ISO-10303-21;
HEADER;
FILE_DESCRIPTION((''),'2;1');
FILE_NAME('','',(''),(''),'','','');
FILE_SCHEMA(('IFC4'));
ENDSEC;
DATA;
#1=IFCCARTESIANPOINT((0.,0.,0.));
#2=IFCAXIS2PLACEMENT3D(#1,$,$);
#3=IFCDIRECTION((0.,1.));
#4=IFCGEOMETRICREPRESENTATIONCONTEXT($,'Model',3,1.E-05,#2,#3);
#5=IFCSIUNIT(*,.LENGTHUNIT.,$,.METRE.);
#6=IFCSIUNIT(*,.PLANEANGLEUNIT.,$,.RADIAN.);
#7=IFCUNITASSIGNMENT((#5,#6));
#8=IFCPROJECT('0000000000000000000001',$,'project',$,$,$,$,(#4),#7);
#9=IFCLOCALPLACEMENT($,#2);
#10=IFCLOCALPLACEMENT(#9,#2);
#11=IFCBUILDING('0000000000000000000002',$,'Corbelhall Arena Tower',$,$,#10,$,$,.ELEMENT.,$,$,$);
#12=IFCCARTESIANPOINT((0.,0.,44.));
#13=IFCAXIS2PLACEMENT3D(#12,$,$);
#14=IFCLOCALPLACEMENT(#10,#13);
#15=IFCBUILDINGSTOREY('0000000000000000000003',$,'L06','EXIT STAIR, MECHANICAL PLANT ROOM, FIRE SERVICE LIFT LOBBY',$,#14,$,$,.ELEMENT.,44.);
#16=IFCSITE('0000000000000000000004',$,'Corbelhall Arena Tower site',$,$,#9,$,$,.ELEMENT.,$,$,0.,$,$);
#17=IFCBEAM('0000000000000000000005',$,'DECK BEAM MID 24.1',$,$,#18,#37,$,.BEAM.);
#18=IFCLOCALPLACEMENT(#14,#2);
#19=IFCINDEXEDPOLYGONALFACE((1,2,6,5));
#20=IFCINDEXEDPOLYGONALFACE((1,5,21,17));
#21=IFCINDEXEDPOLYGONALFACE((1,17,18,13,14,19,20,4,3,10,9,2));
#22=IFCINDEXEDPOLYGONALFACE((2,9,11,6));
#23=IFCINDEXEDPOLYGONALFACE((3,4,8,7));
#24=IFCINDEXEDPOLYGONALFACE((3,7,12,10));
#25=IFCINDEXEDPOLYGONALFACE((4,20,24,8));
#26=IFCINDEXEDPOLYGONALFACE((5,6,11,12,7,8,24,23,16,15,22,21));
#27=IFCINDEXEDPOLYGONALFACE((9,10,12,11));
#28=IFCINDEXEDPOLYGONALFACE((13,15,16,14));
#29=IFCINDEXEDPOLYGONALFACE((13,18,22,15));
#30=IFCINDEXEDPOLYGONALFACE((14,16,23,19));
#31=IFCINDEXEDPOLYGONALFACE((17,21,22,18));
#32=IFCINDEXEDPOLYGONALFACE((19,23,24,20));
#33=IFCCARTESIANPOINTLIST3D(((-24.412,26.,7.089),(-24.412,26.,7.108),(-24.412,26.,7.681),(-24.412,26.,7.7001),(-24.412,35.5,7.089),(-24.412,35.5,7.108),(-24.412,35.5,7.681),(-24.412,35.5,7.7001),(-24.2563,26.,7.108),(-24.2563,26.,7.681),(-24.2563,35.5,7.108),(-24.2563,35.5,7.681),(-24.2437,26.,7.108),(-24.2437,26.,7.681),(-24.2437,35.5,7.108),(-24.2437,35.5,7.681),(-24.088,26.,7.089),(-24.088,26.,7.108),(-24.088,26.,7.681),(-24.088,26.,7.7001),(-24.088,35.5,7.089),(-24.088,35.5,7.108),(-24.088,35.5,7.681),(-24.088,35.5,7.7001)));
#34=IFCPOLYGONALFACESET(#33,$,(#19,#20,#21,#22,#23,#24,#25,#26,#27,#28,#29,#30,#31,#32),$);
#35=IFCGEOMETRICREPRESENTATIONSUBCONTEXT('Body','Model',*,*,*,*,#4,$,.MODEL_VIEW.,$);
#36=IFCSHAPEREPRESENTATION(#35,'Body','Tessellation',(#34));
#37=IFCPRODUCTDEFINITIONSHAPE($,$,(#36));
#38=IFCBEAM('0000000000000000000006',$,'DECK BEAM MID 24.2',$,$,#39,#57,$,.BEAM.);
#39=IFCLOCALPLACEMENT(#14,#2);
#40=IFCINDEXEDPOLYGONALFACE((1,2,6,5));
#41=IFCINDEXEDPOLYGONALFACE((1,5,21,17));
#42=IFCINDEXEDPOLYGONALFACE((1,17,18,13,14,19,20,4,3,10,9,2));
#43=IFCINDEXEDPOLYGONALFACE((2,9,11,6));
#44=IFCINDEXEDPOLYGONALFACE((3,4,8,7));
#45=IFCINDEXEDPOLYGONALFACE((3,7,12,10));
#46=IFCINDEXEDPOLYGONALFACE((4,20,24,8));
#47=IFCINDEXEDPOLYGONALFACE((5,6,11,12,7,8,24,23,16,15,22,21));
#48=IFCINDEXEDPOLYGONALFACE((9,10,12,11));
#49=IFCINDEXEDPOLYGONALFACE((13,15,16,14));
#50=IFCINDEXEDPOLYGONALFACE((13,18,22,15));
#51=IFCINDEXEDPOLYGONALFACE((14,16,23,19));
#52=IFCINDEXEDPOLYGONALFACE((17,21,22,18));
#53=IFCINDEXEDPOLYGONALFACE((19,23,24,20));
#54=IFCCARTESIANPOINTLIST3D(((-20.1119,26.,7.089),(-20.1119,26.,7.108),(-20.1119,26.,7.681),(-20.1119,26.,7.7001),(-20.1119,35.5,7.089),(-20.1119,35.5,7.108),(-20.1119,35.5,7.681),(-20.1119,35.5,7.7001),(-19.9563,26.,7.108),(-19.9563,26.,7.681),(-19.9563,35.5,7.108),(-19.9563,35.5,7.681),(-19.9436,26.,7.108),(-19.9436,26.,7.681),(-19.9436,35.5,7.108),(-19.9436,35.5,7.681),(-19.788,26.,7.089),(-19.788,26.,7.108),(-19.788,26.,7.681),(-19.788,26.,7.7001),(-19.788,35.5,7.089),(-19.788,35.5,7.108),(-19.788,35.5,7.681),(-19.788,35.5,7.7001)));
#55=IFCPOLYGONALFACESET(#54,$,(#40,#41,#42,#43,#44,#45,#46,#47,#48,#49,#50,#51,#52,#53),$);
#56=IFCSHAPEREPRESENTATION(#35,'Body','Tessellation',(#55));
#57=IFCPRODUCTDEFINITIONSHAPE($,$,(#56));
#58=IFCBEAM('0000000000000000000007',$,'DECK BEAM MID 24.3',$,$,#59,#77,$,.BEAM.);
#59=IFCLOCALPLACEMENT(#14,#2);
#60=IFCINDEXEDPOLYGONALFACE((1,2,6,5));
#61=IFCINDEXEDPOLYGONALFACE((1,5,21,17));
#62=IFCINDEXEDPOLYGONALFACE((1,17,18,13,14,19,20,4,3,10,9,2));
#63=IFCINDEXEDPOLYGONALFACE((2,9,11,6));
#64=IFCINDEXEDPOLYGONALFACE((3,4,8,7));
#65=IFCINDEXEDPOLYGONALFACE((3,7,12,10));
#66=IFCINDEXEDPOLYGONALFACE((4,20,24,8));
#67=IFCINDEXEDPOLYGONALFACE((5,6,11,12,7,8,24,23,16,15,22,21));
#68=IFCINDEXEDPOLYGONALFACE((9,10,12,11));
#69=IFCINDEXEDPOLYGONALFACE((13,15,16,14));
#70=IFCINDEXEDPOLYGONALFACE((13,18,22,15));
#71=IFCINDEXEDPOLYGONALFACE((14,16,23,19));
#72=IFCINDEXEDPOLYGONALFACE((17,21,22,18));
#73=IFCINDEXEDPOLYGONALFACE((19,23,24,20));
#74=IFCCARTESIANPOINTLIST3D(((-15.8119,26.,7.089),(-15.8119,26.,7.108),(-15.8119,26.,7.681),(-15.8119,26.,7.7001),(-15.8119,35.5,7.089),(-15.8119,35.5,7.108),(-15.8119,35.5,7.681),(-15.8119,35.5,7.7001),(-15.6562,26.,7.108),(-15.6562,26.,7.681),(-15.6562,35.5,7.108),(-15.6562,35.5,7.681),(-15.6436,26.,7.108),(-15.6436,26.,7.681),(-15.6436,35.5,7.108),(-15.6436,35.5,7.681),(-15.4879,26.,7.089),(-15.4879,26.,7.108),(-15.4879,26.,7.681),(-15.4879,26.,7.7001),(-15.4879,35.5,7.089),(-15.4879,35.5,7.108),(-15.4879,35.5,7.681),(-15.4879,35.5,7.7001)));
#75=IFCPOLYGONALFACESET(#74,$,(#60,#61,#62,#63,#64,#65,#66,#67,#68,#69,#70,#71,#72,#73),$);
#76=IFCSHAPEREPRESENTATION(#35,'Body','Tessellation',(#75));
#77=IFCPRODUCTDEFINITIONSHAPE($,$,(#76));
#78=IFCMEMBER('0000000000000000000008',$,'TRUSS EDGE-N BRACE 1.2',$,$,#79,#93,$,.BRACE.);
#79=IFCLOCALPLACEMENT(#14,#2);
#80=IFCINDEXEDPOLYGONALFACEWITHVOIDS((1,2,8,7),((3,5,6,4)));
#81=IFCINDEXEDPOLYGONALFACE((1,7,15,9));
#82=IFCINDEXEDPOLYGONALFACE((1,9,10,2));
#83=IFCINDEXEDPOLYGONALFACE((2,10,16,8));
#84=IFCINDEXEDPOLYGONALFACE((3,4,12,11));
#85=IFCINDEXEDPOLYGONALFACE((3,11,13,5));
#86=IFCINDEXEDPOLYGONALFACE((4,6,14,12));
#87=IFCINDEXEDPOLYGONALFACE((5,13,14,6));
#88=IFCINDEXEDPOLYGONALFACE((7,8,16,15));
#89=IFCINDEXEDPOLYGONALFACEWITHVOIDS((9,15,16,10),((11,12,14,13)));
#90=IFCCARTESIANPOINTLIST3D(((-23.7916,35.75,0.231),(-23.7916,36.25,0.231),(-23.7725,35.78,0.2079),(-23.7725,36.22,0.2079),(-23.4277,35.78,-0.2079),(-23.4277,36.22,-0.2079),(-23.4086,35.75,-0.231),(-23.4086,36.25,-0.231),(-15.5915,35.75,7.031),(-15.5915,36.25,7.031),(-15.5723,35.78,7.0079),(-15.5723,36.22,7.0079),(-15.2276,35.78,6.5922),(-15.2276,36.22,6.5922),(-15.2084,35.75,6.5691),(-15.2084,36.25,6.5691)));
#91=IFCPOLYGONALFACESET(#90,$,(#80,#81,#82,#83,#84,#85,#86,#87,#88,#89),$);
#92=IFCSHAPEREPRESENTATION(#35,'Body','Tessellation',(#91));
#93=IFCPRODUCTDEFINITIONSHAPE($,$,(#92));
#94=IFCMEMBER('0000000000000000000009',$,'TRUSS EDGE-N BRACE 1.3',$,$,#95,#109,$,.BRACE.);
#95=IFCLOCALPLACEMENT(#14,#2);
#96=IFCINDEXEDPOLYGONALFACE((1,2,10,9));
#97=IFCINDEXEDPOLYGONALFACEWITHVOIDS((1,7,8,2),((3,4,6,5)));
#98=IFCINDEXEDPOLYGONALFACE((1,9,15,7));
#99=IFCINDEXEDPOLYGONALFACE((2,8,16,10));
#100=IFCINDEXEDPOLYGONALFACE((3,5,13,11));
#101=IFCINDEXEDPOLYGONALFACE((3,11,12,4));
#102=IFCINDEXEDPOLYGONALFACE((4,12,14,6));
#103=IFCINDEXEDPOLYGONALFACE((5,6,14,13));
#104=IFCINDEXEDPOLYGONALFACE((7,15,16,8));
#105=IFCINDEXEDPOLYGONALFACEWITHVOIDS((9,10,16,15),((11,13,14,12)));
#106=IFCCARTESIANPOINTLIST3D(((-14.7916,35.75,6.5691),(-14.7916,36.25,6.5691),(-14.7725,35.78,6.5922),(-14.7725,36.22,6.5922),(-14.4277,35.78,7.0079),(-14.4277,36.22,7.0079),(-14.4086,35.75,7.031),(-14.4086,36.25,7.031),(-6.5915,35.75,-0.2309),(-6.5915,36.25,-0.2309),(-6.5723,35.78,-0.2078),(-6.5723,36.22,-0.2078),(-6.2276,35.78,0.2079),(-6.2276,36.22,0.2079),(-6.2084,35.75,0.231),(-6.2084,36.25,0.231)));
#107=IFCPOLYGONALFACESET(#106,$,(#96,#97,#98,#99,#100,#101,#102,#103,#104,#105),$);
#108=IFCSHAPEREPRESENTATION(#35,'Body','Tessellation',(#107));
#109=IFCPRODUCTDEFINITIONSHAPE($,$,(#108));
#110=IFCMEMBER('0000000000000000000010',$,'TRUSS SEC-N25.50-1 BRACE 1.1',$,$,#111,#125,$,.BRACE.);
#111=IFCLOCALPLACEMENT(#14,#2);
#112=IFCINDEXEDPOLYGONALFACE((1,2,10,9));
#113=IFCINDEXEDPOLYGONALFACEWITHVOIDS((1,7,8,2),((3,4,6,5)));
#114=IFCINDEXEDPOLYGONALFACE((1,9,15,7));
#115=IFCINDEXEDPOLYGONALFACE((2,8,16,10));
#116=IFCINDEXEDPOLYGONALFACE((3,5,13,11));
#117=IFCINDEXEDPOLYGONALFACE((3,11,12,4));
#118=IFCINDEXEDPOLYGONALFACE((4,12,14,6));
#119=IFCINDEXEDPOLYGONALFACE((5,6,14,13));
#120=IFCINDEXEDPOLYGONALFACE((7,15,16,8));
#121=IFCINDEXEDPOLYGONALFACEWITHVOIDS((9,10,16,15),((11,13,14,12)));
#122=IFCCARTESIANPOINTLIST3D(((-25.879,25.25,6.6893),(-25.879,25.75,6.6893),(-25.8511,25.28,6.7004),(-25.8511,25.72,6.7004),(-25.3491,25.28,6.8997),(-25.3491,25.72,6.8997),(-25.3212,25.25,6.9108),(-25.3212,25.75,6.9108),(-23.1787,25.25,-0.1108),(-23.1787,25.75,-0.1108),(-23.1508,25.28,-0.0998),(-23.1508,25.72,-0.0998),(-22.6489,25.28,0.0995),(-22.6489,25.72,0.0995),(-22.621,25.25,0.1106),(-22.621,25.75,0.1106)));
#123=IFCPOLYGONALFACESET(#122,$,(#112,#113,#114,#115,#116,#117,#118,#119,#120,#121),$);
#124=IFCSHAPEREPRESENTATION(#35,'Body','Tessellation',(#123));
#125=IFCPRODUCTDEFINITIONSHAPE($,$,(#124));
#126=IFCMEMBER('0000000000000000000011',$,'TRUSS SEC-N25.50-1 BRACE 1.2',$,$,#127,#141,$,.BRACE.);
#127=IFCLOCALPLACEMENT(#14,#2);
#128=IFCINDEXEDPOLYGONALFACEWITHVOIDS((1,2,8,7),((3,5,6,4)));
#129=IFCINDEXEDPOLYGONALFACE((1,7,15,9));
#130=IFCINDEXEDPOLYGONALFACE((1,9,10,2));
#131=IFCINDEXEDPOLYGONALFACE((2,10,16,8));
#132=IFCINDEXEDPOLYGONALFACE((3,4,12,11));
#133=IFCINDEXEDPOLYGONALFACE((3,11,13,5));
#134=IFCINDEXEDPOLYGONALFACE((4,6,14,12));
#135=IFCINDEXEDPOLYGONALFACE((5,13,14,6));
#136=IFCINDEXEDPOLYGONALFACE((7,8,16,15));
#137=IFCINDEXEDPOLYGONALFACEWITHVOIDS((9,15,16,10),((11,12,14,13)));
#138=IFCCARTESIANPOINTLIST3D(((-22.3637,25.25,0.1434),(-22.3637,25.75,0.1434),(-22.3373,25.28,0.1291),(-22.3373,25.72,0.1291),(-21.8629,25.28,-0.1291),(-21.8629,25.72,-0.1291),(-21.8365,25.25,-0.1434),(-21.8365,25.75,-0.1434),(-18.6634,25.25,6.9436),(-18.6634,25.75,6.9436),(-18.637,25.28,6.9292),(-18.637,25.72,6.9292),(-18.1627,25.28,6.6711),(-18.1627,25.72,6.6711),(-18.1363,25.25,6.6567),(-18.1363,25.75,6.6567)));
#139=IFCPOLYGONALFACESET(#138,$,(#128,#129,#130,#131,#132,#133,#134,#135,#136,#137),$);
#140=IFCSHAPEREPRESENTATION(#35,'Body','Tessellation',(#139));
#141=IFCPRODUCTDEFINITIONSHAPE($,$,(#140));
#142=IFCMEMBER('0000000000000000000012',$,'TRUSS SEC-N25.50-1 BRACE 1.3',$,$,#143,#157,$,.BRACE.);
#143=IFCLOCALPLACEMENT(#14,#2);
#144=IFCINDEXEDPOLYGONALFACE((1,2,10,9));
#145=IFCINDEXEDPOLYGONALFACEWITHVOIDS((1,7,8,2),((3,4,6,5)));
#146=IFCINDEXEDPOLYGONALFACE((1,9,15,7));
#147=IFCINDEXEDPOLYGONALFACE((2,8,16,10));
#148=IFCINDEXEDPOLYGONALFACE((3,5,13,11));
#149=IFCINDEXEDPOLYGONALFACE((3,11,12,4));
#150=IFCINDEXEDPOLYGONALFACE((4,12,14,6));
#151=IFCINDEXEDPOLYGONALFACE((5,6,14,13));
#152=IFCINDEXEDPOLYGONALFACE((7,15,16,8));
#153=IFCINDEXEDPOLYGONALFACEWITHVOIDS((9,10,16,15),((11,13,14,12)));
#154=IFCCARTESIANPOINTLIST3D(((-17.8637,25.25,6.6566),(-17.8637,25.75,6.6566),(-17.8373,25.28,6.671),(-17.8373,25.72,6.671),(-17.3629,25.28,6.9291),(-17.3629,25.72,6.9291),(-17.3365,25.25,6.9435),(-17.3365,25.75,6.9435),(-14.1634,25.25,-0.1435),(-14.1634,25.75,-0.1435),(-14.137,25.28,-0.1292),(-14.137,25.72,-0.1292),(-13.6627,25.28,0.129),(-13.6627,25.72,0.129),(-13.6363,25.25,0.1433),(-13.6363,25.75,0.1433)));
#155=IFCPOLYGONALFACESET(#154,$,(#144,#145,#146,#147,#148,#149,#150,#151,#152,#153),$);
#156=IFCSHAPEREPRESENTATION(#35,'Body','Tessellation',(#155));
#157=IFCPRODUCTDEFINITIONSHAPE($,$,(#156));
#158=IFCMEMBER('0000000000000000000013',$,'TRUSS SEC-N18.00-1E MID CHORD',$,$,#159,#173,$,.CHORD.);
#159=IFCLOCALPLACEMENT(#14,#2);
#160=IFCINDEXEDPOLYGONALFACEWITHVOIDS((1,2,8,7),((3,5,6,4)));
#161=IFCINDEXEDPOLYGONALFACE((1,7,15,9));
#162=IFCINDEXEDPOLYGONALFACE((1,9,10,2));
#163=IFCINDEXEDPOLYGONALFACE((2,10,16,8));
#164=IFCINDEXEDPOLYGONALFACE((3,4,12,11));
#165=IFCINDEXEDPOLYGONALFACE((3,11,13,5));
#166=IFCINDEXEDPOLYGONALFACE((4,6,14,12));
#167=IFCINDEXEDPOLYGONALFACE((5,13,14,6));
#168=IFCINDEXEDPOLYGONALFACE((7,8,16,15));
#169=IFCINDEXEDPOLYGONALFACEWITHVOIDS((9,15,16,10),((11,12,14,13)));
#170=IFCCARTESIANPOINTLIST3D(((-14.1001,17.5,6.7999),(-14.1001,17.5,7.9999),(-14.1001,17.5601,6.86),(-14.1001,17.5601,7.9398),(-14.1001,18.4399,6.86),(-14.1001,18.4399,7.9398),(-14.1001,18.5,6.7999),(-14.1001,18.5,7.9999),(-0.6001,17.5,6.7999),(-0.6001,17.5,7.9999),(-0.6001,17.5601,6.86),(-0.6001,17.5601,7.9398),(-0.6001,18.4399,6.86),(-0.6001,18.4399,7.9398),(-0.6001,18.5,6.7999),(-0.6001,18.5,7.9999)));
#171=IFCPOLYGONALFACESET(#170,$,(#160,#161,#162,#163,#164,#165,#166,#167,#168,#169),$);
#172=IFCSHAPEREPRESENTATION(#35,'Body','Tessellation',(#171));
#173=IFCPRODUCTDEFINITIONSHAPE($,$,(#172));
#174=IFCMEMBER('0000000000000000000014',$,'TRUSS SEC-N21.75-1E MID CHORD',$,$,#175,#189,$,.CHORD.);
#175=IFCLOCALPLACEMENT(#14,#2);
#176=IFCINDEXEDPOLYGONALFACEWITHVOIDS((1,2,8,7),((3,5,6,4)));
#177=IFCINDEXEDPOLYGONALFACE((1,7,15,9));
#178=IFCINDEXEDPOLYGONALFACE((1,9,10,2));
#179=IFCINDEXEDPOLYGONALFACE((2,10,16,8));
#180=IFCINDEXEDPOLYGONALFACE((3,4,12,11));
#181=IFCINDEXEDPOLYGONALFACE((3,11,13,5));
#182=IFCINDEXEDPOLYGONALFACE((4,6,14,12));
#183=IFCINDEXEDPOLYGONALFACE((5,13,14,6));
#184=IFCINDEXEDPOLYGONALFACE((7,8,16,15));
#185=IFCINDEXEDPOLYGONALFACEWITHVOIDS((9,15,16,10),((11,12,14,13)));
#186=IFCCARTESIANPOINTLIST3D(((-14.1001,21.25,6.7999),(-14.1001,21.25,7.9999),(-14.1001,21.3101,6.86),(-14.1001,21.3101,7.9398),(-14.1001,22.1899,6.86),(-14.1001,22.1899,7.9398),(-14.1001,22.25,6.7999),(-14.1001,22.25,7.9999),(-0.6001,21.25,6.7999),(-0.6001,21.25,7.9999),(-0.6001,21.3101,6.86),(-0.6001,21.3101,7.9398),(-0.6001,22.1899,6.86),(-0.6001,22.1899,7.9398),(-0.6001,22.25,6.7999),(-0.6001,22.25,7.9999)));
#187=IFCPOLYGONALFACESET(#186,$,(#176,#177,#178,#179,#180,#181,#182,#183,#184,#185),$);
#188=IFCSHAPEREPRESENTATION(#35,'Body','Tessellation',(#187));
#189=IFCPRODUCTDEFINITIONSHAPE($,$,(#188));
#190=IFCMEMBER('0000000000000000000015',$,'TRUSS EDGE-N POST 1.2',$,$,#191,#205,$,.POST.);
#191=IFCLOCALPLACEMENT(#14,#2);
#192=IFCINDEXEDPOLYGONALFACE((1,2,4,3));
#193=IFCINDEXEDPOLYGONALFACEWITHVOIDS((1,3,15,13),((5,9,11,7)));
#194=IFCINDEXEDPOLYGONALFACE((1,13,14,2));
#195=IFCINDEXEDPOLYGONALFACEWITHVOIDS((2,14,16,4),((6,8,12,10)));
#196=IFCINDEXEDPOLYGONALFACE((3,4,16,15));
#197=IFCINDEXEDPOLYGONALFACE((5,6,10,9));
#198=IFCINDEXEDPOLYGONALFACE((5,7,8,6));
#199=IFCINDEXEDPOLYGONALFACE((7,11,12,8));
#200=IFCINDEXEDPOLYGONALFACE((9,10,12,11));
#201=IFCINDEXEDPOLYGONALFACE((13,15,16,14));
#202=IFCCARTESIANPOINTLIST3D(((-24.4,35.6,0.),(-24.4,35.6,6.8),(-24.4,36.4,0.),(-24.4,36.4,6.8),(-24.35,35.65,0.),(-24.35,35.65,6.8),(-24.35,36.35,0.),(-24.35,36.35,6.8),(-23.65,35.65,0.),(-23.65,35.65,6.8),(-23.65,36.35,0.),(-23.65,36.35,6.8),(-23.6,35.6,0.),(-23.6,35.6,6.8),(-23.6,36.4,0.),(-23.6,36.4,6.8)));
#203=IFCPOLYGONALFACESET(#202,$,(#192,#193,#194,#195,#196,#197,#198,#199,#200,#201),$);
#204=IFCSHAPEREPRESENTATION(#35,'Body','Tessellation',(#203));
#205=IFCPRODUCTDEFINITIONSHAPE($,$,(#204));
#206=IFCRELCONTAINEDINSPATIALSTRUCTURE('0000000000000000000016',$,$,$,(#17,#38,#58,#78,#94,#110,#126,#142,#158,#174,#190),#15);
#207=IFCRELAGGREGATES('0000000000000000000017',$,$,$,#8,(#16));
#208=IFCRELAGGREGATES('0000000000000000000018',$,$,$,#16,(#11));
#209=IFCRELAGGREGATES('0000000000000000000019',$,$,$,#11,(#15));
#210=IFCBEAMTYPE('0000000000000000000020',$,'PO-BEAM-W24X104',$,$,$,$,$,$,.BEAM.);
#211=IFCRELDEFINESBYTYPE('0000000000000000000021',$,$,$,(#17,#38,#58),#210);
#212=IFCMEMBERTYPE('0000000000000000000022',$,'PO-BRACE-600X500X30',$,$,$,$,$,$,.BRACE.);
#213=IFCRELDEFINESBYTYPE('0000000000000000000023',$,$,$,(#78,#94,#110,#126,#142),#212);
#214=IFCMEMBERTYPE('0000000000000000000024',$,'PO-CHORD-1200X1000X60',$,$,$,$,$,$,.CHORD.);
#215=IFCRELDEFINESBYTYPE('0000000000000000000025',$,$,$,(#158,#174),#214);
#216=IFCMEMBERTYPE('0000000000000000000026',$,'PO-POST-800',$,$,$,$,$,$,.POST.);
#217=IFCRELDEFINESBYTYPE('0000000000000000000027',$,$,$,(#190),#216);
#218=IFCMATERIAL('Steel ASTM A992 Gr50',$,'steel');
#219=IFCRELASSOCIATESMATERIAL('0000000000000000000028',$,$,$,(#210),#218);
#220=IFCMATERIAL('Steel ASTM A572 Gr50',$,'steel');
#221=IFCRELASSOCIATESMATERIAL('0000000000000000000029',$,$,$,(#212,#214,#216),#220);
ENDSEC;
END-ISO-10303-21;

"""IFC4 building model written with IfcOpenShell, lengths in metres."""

from ifc_helpers import new_model, si_unit, direction, frame, origin, origin_2d, place, context, subcontext, project, spatial, hollow_rectangle, i_section, extrude, material, material_profile, profile_set, type_object, element, save


model = new_model("IFC4")

# Units and contexts
model_context = context("Model", 3, precision=1e-05, world=origin(), true_north=direction((0.0, 1.0)))
body_context = subcontext(model_context, "Body", "Model", "MODEL_VIEW")
ifc_project = project(units=[si_unit("LENGTHUNIT", "METRE"), si_unit("PLANEANGLEUNIT", "RADIAN")], contexts=[model_context])

# Site, building, storey
site_placement = place(None, origin())
site = spatial("IfcSite", under=ifc_project, at=site_placement, Name="Corbelhall Arena Tower site", CompositionType="ELEMENT", RefElevation=0.0)
building_placement = place(site_placement, origin())
building = spatial("IfcBuilding", under=site, at=building_placement, Name="Corbelhall Arena Tower", CompositionType="ELEMENT")
storey_placement = place(building_placement, frame((0.0, 0.0, 44.0)))
storey = spatial("IfcBuildingStorey", under=building, at=storey_placement, Name="L06", Description="EXIT STAIR, MECHANICAL PLANT ROOM, FIRE SERVICE LIFT LOBBY", CompositionType="ELEMENT", Elevation=44.0)

# Beams
ifc_material_1 = material(Name="Steel ASTM A992 Gr50", Category="steel")
ifc_material_profile_1 = material_profile(ifc_material_1, i_section(OverallWidth=0.324, OverallDepth=0.6111, WebThickness=0.0127, FlangeThickness=0.019, at=origin_2d()))
ifc_profile_set_1 = profile_set([ifc_material_profile_1], Name="Steel ASTM A992 Gr50")
beam_type = type_object("IfcBeamType", Name="PO-BEAM-W24X104", PredefinedType="BEAM", material=ifc_profile_set_1)
for number, where, z_axis, x_axis, name in (
    (1, (-24.25, 26.0, 7.3945), (0.0, 1.0, 0.0), (-1.0, 0.0, 0.0), "DECK BEAM MID 24.1"),
    (2, (-19.95, 26.0, 7.3945), (0.0, 1.0, 0.0), (-1.0, 0.0, 0.0), "DECK BEAM MID 24.2"),
    (3, (-15.6499, 26.0, 7.3945), (0.0, 1.0, 0.0), (-1.0, 0.0, 0.0), "DECK BEAM MID 24.3"),
):
    element("IfcBeam", number, at=place(storey_placement, frame(where, z_axis=z_axis, x_axis=x_axis)), inside=storey, type_object=beam_type, Name=name, PredefinedType="BEAM", context=body_context, shape_type="SweptSolid", body=[
        extrude(i_section(OverallWidth=0.324, OverallDepth=0.6111, WebThickness=0.0127, FlangeThickness=0.019, at=origin_2d()), origin(), (0.0, 0.0, 1.0), 9.5),
    ])

# Members
ifc_material_2 = material(Name="Steel ASTM A572 Gr50", Category="steel")
ifc_material_profile_2 = material_profile(ifc_material_2, hollow_rectangle(XDim=0.5, YDim=0.6001, WallThickness=0.03, at=origin_2d()))
ifc_profile_set_2 = profile_set([ifc_material_profile_2], Name="Steel ASTM A572 Gr50")
member_type_1 = type_object("IfcMemberType", Name="PO-BRACE-600X500X30", PredefinedType="BRACE", material=ifc_profile_set_2)
for number, where, z_axis, x_axis, name in (
    (4, (-23.6001, 36.0, 0.0), (0.769763, 0.0, 0.63833), (0.0, 1.0, 0.0), "TRUSS EDGE-N BRACE 1.2"),
    (5, (-14.6001, 36.0, 6.8), (0.769763, 0.0, -0.63833), (0.0, 1.0, 0.0), "TRUSS EDGE-N BRACE 1.3"),
):
    element("IfcMember", number, at=place(storey_placement, frame(where, z_axis=z_axis, x_axis=x_axis)), inside=storey, type_object=member_type_1, Name=name, PredefinedType="BRACE", context=body_context, shape_type="SweptSolid", body=[
        extrude(hollow_rectangle(XDim=0.5, YDim=0.6001, WallThickness=0.03, at=origin_2d()), origin(), (0.0, 0.0, 1.0), 10.6528),
    ])
member_placement = place(storey_placement, frame((-25.6001, 25.5, 6.8), z_axis=(0.369054, 0.0, -0.929408), x_axis=(0.0, 1.0, 0.0)))
element("IfcMember", 6, at=member_placement, inside=storey, type_object=member_type_1, Name="TRUSS SEC-N25.50-1 BRACE 1.1", PredefinedType="BRACE", context=body_context, shape_type="SweptSolid", body=[
    extrude(hollow_rectangle(XDim=0.5, YDim=0.6001, WallThickness=0.03, at=origin_2d()), origin(), (0.0, 0.0, 1.0), 7.3167),
])
for number, where, z_axis, x_axis, name in (
    (7, (-22.1001, 25.5, 0.0), (0.477964, 0.0, 0.87838), (0.0, 1.0, 0.0), "TRUSS SEC-N25.50-1 BRACE 1.2"),
    (8, (-17.6001, 25.5, 6.8), (0.477964, 0.0, -0.87838), (0.0, 1.0, 0.0), "TRUSS SEC-N25.50-1 BRACE 1.3"),
):
    element("IfcMember", number, at=place(storey_placement, frame(where, z_axis=z_axis, x_axis=x_axis)), inside=storey, type_object=member_type_1, Name=name, PredefinedType="BRACE", context=body_context, shape_type="SweptSolid", body=[
        extrude(hollow_rectangle(XDim=0.5, YDim=0.6001, WallThickness=0.03, at=origin_2d()), origin(), (0.0, 0.0, 1.0), 7.7417),
    ])
ifc_material_profile_3 = material_profile(ifc_material_2, hollow_rectangle(XDim=1.0, YDim=1.2, WallThickness=0.0601, at=origin_2d()))
ifc_profile_set_3 = profile_set([ifc_material_profile_3], Name="Steel ASTM A572 Gr50")
member_type_2 = type_object("IfcMemberType", Name="PO-CHORD-1200X1000X60", PredefinedType="CHORD", material=ifc_profile_set_3)
for number, where, z_axis, x_axis, name in (
    (9, (-14.1001, 18.0, 7.3999), (1.0, 0.0, 0.0), (0.0, 1.0, 0.0), "TRUSS SEC-N18.00-1E MID CHORD"),
    (10, (-14.1001, 21.75, 7.3999), (1.0, 0.0, 0.0), (0.0, 1.0, 0.0), "TRUSS SEC-N21.75-1E MID CHORD"),
):
    element("IfcMember", number, at=place(storey_placement, frame(where, z_axis=z_axis, x_axis=x_axis)), inside=storey, type_object=member_type_2, Name=name, PredefinedType="CHORD", context=body_context, shape_type="SweptSolid", body=[
        extrude(hollow_rectangle(XDim=1.0, YDim=1.2, WallThickness=0.0601, at=origin_2d()), origin(), (0.0, 0.0, 1.0), 13.5),
    ])
ifc_material_profile_4 = material_profile(ifc_material_2, hollow_rectangle(XDim=0.8, YDim=0.8, WallThickness=0.05, at=origin_2d()))
ifc_profile_set_4 = profile_set([ifc_material_profile_4], Name="Steel ASTM A572 Gr50")
member_type_3 = type_object("IfcMemberType", Name="PO-POST-800", PredefinedType="POST", material=ifc_profile_set_4)
for number, where, z_axis, x_axis, name in (
    (11, (-24.0, 36.0, 0.0), (0.0, 0.0, 1.0), (1.0, 0.0, 0.0), "TRUSS EDGE-N POST 1.2"),
):
    element("IfcMember", number, at=place(storey_placement, frame(where, z_axis=z_axis, x_axis=x_axis)), inside=storey, type_object=member_type_3, Name=name, PredefinedType="POST", context=body_context, shape_type="SweptSolid", body=[
        extrude(hollow_rectangle(XDim=0.8, YDim=0.8, WallThickness=0.05, at=origin_2d()), origin(), (0.0, 0.0, 1.0), 6.8),
    ])

save(model, "model.ifc")
